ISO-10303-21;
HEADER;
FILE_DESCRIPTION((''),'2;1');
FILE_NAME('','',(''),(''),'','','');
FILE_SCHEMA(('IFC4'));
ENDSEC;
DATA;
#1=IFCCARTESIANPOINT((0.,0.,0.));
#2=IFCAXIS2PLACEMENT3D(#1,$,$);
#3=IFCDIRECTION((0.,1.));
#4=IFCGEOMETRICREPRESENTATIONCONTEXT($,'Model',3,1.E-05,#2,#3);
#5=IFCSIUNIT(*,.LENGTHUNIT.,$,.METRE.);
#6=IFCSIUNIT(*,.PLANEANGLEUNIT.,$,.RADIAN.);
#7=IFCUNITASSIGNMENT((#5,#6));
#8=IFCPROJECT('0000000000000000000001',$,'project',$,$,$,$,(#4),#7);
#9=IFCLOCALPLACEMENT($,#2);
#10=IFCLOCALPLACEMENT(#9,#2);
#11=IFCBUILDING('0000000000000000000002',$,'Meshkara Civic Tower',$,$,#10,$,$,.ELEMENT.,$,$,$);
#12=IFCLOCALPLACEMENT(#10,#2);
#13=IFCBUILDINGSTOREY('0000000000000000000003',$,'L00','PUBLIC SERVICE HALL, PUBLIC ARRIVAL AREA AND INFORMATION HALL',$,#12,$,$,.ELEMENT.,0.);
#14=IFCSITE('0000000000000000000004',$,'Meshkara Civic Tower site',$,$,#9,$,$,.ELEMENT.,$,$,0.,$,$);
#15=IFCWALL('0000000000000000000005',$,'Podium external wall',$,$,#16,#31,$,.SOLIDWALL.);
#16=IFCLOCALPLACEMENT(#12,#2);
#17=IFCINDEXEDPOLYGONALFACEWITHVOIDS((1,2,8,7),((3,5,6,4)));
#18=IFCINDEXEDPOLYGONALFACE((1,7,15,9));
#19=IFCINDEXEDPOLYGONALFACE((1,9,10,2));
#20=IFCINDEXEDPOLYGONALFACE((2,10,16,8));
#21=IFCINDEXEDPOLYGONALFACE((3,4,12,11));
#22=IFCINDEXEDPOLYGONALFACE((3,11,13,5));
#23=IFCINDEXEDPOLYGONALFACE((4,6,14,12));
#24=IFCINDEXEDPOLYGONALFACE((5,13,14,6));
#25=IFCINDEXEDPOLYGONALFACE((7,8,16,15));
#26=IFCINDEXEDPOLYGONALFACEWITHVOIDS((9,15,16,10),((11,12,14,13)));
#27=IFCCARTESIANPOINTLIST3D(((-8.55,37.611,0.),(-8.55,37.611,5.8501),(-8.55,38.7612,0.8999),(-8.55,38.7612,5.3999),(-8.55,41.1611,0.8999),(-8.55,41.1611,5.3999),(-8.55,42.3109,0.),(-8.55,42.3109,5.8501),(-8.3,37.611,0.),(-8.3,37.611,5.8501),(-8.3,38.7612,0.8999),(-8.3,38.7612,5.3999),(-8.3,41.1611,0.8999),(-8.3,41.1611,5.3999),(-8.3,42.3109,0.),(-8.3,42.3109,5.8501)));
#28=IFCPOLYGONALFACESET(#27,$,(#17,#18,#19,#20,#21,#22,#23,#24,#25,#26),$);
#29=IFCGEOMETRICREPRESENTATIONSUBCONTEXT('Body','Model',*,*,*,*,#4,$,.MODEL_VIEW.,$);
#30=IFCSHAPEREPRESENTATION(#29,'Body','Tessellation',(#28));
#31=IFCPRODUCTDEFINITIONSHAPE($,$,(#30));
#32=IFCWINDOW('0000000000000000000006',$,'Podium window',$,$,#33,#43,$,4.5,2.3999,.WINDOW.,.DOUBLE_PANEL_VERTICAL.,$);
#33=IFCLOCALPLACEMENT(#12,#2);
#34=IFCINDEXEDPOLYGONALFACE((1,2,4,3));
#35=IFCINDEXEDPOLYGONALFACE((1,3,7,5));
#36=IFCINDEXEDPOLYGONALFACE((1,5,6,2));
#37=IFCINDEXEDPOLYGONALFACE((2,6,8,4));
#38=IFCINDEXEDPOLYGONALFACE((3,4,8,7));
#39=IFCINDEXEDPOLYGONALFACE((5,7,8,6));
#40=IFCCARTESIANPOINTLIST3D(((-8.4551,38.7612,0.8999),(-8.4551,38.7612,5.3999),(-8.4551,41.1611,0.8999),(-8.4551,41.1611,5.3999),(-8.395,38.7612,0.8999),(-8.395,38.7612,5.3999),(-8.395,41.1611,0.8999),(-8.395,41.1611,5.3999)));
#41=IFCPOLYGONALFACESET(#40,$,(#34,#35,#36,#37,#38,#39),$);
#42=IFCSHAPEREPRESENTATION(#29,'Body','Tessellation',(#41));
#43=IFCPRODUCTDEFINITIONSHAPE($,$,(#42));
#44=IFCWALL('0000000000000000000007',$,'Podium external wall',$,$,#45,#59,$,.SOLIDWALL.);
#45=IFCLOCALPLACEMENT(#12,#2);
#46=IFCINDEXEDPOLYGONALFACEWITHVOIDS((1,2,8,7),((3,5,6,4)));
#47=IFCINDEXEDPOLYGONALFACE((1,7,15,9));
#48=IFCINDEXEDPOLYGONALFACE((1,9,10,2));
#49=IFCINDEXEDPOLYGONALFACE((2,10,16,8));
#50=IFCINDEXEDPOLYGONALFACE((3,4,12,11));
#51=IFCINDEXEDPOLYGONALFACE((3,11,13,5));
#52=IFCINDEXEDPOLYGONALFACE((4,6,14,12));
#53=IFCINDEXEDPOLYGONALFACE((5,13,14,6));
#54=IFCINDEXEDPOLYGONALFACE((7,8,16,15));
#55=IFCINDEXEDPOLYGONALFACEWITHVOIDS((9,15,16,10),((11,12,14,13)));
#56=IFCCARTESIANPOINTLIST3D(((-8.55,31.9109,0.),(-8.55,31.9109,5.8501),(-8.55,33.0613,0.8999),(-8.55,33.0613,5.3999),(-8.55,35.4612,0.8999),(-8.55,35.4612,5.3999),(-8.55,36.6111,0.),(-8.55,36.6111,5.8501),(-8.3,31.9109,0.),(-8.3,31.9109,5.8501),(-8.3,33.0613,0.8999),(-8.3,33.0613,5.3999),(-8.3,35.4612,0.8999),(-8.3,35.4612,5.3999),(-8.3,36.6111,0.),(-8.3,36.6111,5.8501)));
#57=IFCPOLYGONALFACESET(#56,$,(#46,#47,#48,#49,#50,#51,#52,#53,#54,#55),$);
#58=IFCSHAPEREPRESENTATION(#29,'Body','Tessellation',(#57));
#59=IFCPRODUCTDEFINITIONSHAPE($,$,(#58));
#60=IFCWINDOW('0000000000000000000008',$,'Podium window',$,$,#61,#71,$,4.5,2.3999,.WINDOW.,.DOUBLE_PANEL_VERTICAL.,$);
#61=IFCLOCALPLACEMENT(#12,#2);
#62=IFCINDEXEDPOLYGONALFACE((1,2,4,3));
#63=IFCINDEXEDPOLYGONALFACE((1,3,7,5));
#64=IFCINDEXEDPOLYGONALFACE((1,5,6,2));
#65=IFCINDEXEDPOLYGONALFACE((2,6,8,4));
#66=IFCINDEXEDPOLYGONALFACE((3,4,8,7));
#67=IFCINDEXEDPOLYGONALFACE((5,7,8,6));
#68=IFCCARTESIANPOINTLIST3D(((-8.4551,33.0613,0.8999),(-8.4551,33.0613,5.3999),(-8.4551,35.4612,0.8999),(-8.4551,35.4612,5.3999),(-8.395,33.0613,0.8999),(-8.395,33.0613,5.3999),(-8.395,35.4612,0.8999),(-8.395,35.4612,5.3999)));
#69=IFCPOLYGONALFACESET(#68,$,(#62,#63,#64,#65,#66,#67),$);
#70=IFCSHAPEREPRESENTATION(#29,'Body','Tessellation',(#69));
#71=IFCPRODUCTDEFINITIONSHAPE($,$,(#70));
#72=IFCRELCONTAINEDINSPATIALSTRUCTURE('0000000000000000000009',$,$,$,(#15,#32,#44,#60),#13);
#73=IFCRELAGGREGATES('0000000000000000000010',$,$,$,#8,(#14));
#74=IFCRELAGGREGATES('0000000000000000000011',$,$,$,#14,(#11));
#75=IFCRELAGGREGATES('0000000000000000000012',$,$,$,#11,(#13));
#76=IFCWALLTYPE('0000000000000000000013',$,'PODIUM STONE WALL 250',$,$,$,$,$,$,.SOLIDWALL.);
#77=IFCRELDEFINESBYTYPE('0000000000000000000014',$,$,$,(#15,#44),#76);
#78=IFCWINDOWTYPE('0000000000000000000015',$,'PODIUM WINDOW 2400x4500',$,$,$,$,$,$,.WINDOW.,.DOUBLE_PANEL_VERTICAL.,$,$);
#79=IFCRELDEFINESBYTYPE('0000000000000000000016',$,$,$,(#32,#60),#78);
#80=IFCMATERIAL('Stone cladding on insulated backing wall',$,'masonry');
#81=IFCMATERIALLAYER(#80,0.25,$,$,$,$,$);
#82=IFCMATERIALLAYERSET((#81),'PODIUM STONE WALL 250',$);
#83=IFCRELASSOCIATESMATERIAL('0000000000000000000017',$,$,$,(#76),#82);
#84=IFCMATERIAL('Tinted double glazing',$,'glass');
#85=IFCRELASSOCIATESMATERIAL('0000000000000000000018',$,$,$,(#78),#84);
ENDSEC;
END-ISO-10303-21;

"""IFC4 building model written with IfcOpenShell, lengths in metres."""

from ifc_helpers import new_model, si_unit, direction, frame, frame_2d, origin, place, context, subcontext, project, spatial, rectangle, extrude, material, layer, layer_set, type_object, element, fill, save


model = new_model("IFC4")

# Units and contexts
model_context = context("Model", 3, precision=1e-05, world=origin(), true_north=direction((0.0, 1.0)))
body_context = subcontext(model_context, "Body", "Model", "MODEL_VIEW")
ifc_project = project(units=[si_unit("LENGTHUNIT", "METRE"), si_unit("PLANEANGLEUNIT", "RADIAN")], contexts=[model_context])

# Site, building, storey
site_placement = place(None, origin())
site = spatial("IfcSite", under=ifc_project, at=site_placement, Name="Meshkara Civic Tower site", CompositionType="ELEMENT", RefElevation=0.0)
building_placement = place(site_placement, origin())
building = spatial("IfcBuilding", under=site, at=building_placement, Name="Meshkara Civic Tower", CompositionType="ELEMENT")
storey_placement = place(building_placement, origin())
storey = spatial("IfcBuildingStorey", under=building, at=storey_placement, Name="L00", Description="PUBLIC SERVICE HALL, PUBLIC ARRIVAL AREA AND INFORMATION HALL", CompositionType="ELEMENT", Elevation=0.0)

# Walls, openings, windows
ifc_material_1 = material(Name="Stone cladding on insulated backing wall", Category="masonry")
ifc_layer_1 = layer(ifc_material_1, 0.25)
ifc_layer_set_1 = layer_set([ifc_layer_1], Name="PODIUM STONE WALL 250")
wall_type_1 = type_object("IfcWallType", Name="PODIUM STONE WALL 250", PredefinedType="SOLIDWALL", material=ifc_layer_set_1)
ifc_material_2 = material(Name="Tinted double glazing", Category="glass")
window_type = type_object("IfcWindowType", Name="PODIUM WINDOW 2400x4500", PartitioningType="DOUBLE_PANEL_VERTICAL", PredefinedType="WINDOW", material=ifc_material_2)
wall_1_placement = place(storey_placement, frame((-8.425, 42.311, 0.0), z_axis=(0.0, 0.0, 1.0), x_axis=(0.0, -1.0, 0.0)))
wall_1 = element("IfcWall", 1, at=wall_1_placement, inside=storey, type_object=wall_type_1, Name="Podium external wall", PredefinedType="SOLIDWALL", context=body_context, shape_type="SweptSolid", body=[
    extrude(rectangle(XDim=4.7, YDim=0.25, at=frame_2d((2.3501, 0.0))), origin(), (0.0, 0.0, 1.0), 5.8501),
])
opening_1_placement = place(wall_1_placement, frame((1.1499, 0.0, 0.8999)))
opening_1 = element("IfcOpeningElement", 2, at=opening_1_placement, cuts=wall_1, PredefinedType="OPENING", context=body_context, shape_type="SweptSolid", body=[
    extrude(rectangle(XDim=2.3999, YDim=4.5, at=frame_2d((1.2, 2.25))), frame((0.0, 0.135, 0.0), z_axis=(0.0, -1.0, 0.0), x_axis=(1.0, 0.0, 0.0)), (0.0, 0.0, 1.0), 0.27),
])
window_1_placement = place(opening_1_placement, origin())
window_1 = element("IfcWindow", 3, at=window_1_placement, inside=storey, type_object=window_type, Name="Podium window", OverallHeight=4.5, OverallWidth=2.3999, PartitioningType="DOUBLE_PANEL_VERTICAL", PredefinedType="WINDOW", context=body_context, shape_type="SweptSolid", body=[
    extrude(rectangle(XDim=2.3999, YDim=4.5, at=frame_2d((1.2, 2.25))), frame((0.0, 0.03, 0.0), z_axis=(0.0, -1.0, 0.0), x_axis=(1.0, 0.0, 0.0)), (0.0, 0.0, 1.0), 0.0601),
])
fill(opening_1, window_1)
wall_2_placement = place(storey_placement, frame((-8.425, 36.6111, 0.0), z_axis=(0.0, 0.0, 1.0), x_axis=(0.0, -1.0, 0.0)))
wall_2 = element("IfcWall", 4, at=wall_2_placement, inside=storey, type_object=wall_type_1, Name="Podium external wall", PredefinedType="SOLIDWALL", context=body_context, shape_type="SweptSolid", body=[
    extrude(rectangle(XDim=4.7002, YDim=0.25, at=frame_2d((2.3501, 0.0))), origin(), (0.0, 0.0, 1.0), 5.8501),
])
opening_2_placement = place(wall_2_placement, frame((1.1499, 0.0, 0.8999)))
opening_2 = element("IfcOpeningElement", 5, at=opening_2_placement, cuts=wall_2, PredefinedType="OPENING", context=body_context, shape_type="SweptSolid", body=[
    extrude(rectangle(XDim=2.3999, YDim=4.5, at=frame_2d((1.2, 2.25))), frame((0.0, 0.135, 0.0), z_axis=(0.0, -1.0, 0.0), x_axis=(1.0, 0.0, 0.0)), (0.0, 0.0, 1.0), 0.27),
])
window_2_placement = place(opening_2_placement, origin())
window_2 = element("IfcWindow", 6, at=window_2_placement, inside=storey, type_object=window_type, Name="Podium window", OverallHeight=4.5, OverallWidth=2.3999, PartitioningType="DOUBLE_PANEL_VERTICAL", PredefinedType="WINDOW", context=body_context, shape_type="SweptSolid", body=[
    extrude(rectangle(XDim=2.3999, YDim=4.5, at=frame_2d((1.2, 2.25))), frame((0.0, 0.03, 0.0), z_axis=(0.0, -1.0, 0.0), x_axis=(1.0, 0.0, 0.0)), (0.0, 0.0, 1.0), 0.0601),
])
fill(opening_2, window_2)

save(model, "model.ifc")
